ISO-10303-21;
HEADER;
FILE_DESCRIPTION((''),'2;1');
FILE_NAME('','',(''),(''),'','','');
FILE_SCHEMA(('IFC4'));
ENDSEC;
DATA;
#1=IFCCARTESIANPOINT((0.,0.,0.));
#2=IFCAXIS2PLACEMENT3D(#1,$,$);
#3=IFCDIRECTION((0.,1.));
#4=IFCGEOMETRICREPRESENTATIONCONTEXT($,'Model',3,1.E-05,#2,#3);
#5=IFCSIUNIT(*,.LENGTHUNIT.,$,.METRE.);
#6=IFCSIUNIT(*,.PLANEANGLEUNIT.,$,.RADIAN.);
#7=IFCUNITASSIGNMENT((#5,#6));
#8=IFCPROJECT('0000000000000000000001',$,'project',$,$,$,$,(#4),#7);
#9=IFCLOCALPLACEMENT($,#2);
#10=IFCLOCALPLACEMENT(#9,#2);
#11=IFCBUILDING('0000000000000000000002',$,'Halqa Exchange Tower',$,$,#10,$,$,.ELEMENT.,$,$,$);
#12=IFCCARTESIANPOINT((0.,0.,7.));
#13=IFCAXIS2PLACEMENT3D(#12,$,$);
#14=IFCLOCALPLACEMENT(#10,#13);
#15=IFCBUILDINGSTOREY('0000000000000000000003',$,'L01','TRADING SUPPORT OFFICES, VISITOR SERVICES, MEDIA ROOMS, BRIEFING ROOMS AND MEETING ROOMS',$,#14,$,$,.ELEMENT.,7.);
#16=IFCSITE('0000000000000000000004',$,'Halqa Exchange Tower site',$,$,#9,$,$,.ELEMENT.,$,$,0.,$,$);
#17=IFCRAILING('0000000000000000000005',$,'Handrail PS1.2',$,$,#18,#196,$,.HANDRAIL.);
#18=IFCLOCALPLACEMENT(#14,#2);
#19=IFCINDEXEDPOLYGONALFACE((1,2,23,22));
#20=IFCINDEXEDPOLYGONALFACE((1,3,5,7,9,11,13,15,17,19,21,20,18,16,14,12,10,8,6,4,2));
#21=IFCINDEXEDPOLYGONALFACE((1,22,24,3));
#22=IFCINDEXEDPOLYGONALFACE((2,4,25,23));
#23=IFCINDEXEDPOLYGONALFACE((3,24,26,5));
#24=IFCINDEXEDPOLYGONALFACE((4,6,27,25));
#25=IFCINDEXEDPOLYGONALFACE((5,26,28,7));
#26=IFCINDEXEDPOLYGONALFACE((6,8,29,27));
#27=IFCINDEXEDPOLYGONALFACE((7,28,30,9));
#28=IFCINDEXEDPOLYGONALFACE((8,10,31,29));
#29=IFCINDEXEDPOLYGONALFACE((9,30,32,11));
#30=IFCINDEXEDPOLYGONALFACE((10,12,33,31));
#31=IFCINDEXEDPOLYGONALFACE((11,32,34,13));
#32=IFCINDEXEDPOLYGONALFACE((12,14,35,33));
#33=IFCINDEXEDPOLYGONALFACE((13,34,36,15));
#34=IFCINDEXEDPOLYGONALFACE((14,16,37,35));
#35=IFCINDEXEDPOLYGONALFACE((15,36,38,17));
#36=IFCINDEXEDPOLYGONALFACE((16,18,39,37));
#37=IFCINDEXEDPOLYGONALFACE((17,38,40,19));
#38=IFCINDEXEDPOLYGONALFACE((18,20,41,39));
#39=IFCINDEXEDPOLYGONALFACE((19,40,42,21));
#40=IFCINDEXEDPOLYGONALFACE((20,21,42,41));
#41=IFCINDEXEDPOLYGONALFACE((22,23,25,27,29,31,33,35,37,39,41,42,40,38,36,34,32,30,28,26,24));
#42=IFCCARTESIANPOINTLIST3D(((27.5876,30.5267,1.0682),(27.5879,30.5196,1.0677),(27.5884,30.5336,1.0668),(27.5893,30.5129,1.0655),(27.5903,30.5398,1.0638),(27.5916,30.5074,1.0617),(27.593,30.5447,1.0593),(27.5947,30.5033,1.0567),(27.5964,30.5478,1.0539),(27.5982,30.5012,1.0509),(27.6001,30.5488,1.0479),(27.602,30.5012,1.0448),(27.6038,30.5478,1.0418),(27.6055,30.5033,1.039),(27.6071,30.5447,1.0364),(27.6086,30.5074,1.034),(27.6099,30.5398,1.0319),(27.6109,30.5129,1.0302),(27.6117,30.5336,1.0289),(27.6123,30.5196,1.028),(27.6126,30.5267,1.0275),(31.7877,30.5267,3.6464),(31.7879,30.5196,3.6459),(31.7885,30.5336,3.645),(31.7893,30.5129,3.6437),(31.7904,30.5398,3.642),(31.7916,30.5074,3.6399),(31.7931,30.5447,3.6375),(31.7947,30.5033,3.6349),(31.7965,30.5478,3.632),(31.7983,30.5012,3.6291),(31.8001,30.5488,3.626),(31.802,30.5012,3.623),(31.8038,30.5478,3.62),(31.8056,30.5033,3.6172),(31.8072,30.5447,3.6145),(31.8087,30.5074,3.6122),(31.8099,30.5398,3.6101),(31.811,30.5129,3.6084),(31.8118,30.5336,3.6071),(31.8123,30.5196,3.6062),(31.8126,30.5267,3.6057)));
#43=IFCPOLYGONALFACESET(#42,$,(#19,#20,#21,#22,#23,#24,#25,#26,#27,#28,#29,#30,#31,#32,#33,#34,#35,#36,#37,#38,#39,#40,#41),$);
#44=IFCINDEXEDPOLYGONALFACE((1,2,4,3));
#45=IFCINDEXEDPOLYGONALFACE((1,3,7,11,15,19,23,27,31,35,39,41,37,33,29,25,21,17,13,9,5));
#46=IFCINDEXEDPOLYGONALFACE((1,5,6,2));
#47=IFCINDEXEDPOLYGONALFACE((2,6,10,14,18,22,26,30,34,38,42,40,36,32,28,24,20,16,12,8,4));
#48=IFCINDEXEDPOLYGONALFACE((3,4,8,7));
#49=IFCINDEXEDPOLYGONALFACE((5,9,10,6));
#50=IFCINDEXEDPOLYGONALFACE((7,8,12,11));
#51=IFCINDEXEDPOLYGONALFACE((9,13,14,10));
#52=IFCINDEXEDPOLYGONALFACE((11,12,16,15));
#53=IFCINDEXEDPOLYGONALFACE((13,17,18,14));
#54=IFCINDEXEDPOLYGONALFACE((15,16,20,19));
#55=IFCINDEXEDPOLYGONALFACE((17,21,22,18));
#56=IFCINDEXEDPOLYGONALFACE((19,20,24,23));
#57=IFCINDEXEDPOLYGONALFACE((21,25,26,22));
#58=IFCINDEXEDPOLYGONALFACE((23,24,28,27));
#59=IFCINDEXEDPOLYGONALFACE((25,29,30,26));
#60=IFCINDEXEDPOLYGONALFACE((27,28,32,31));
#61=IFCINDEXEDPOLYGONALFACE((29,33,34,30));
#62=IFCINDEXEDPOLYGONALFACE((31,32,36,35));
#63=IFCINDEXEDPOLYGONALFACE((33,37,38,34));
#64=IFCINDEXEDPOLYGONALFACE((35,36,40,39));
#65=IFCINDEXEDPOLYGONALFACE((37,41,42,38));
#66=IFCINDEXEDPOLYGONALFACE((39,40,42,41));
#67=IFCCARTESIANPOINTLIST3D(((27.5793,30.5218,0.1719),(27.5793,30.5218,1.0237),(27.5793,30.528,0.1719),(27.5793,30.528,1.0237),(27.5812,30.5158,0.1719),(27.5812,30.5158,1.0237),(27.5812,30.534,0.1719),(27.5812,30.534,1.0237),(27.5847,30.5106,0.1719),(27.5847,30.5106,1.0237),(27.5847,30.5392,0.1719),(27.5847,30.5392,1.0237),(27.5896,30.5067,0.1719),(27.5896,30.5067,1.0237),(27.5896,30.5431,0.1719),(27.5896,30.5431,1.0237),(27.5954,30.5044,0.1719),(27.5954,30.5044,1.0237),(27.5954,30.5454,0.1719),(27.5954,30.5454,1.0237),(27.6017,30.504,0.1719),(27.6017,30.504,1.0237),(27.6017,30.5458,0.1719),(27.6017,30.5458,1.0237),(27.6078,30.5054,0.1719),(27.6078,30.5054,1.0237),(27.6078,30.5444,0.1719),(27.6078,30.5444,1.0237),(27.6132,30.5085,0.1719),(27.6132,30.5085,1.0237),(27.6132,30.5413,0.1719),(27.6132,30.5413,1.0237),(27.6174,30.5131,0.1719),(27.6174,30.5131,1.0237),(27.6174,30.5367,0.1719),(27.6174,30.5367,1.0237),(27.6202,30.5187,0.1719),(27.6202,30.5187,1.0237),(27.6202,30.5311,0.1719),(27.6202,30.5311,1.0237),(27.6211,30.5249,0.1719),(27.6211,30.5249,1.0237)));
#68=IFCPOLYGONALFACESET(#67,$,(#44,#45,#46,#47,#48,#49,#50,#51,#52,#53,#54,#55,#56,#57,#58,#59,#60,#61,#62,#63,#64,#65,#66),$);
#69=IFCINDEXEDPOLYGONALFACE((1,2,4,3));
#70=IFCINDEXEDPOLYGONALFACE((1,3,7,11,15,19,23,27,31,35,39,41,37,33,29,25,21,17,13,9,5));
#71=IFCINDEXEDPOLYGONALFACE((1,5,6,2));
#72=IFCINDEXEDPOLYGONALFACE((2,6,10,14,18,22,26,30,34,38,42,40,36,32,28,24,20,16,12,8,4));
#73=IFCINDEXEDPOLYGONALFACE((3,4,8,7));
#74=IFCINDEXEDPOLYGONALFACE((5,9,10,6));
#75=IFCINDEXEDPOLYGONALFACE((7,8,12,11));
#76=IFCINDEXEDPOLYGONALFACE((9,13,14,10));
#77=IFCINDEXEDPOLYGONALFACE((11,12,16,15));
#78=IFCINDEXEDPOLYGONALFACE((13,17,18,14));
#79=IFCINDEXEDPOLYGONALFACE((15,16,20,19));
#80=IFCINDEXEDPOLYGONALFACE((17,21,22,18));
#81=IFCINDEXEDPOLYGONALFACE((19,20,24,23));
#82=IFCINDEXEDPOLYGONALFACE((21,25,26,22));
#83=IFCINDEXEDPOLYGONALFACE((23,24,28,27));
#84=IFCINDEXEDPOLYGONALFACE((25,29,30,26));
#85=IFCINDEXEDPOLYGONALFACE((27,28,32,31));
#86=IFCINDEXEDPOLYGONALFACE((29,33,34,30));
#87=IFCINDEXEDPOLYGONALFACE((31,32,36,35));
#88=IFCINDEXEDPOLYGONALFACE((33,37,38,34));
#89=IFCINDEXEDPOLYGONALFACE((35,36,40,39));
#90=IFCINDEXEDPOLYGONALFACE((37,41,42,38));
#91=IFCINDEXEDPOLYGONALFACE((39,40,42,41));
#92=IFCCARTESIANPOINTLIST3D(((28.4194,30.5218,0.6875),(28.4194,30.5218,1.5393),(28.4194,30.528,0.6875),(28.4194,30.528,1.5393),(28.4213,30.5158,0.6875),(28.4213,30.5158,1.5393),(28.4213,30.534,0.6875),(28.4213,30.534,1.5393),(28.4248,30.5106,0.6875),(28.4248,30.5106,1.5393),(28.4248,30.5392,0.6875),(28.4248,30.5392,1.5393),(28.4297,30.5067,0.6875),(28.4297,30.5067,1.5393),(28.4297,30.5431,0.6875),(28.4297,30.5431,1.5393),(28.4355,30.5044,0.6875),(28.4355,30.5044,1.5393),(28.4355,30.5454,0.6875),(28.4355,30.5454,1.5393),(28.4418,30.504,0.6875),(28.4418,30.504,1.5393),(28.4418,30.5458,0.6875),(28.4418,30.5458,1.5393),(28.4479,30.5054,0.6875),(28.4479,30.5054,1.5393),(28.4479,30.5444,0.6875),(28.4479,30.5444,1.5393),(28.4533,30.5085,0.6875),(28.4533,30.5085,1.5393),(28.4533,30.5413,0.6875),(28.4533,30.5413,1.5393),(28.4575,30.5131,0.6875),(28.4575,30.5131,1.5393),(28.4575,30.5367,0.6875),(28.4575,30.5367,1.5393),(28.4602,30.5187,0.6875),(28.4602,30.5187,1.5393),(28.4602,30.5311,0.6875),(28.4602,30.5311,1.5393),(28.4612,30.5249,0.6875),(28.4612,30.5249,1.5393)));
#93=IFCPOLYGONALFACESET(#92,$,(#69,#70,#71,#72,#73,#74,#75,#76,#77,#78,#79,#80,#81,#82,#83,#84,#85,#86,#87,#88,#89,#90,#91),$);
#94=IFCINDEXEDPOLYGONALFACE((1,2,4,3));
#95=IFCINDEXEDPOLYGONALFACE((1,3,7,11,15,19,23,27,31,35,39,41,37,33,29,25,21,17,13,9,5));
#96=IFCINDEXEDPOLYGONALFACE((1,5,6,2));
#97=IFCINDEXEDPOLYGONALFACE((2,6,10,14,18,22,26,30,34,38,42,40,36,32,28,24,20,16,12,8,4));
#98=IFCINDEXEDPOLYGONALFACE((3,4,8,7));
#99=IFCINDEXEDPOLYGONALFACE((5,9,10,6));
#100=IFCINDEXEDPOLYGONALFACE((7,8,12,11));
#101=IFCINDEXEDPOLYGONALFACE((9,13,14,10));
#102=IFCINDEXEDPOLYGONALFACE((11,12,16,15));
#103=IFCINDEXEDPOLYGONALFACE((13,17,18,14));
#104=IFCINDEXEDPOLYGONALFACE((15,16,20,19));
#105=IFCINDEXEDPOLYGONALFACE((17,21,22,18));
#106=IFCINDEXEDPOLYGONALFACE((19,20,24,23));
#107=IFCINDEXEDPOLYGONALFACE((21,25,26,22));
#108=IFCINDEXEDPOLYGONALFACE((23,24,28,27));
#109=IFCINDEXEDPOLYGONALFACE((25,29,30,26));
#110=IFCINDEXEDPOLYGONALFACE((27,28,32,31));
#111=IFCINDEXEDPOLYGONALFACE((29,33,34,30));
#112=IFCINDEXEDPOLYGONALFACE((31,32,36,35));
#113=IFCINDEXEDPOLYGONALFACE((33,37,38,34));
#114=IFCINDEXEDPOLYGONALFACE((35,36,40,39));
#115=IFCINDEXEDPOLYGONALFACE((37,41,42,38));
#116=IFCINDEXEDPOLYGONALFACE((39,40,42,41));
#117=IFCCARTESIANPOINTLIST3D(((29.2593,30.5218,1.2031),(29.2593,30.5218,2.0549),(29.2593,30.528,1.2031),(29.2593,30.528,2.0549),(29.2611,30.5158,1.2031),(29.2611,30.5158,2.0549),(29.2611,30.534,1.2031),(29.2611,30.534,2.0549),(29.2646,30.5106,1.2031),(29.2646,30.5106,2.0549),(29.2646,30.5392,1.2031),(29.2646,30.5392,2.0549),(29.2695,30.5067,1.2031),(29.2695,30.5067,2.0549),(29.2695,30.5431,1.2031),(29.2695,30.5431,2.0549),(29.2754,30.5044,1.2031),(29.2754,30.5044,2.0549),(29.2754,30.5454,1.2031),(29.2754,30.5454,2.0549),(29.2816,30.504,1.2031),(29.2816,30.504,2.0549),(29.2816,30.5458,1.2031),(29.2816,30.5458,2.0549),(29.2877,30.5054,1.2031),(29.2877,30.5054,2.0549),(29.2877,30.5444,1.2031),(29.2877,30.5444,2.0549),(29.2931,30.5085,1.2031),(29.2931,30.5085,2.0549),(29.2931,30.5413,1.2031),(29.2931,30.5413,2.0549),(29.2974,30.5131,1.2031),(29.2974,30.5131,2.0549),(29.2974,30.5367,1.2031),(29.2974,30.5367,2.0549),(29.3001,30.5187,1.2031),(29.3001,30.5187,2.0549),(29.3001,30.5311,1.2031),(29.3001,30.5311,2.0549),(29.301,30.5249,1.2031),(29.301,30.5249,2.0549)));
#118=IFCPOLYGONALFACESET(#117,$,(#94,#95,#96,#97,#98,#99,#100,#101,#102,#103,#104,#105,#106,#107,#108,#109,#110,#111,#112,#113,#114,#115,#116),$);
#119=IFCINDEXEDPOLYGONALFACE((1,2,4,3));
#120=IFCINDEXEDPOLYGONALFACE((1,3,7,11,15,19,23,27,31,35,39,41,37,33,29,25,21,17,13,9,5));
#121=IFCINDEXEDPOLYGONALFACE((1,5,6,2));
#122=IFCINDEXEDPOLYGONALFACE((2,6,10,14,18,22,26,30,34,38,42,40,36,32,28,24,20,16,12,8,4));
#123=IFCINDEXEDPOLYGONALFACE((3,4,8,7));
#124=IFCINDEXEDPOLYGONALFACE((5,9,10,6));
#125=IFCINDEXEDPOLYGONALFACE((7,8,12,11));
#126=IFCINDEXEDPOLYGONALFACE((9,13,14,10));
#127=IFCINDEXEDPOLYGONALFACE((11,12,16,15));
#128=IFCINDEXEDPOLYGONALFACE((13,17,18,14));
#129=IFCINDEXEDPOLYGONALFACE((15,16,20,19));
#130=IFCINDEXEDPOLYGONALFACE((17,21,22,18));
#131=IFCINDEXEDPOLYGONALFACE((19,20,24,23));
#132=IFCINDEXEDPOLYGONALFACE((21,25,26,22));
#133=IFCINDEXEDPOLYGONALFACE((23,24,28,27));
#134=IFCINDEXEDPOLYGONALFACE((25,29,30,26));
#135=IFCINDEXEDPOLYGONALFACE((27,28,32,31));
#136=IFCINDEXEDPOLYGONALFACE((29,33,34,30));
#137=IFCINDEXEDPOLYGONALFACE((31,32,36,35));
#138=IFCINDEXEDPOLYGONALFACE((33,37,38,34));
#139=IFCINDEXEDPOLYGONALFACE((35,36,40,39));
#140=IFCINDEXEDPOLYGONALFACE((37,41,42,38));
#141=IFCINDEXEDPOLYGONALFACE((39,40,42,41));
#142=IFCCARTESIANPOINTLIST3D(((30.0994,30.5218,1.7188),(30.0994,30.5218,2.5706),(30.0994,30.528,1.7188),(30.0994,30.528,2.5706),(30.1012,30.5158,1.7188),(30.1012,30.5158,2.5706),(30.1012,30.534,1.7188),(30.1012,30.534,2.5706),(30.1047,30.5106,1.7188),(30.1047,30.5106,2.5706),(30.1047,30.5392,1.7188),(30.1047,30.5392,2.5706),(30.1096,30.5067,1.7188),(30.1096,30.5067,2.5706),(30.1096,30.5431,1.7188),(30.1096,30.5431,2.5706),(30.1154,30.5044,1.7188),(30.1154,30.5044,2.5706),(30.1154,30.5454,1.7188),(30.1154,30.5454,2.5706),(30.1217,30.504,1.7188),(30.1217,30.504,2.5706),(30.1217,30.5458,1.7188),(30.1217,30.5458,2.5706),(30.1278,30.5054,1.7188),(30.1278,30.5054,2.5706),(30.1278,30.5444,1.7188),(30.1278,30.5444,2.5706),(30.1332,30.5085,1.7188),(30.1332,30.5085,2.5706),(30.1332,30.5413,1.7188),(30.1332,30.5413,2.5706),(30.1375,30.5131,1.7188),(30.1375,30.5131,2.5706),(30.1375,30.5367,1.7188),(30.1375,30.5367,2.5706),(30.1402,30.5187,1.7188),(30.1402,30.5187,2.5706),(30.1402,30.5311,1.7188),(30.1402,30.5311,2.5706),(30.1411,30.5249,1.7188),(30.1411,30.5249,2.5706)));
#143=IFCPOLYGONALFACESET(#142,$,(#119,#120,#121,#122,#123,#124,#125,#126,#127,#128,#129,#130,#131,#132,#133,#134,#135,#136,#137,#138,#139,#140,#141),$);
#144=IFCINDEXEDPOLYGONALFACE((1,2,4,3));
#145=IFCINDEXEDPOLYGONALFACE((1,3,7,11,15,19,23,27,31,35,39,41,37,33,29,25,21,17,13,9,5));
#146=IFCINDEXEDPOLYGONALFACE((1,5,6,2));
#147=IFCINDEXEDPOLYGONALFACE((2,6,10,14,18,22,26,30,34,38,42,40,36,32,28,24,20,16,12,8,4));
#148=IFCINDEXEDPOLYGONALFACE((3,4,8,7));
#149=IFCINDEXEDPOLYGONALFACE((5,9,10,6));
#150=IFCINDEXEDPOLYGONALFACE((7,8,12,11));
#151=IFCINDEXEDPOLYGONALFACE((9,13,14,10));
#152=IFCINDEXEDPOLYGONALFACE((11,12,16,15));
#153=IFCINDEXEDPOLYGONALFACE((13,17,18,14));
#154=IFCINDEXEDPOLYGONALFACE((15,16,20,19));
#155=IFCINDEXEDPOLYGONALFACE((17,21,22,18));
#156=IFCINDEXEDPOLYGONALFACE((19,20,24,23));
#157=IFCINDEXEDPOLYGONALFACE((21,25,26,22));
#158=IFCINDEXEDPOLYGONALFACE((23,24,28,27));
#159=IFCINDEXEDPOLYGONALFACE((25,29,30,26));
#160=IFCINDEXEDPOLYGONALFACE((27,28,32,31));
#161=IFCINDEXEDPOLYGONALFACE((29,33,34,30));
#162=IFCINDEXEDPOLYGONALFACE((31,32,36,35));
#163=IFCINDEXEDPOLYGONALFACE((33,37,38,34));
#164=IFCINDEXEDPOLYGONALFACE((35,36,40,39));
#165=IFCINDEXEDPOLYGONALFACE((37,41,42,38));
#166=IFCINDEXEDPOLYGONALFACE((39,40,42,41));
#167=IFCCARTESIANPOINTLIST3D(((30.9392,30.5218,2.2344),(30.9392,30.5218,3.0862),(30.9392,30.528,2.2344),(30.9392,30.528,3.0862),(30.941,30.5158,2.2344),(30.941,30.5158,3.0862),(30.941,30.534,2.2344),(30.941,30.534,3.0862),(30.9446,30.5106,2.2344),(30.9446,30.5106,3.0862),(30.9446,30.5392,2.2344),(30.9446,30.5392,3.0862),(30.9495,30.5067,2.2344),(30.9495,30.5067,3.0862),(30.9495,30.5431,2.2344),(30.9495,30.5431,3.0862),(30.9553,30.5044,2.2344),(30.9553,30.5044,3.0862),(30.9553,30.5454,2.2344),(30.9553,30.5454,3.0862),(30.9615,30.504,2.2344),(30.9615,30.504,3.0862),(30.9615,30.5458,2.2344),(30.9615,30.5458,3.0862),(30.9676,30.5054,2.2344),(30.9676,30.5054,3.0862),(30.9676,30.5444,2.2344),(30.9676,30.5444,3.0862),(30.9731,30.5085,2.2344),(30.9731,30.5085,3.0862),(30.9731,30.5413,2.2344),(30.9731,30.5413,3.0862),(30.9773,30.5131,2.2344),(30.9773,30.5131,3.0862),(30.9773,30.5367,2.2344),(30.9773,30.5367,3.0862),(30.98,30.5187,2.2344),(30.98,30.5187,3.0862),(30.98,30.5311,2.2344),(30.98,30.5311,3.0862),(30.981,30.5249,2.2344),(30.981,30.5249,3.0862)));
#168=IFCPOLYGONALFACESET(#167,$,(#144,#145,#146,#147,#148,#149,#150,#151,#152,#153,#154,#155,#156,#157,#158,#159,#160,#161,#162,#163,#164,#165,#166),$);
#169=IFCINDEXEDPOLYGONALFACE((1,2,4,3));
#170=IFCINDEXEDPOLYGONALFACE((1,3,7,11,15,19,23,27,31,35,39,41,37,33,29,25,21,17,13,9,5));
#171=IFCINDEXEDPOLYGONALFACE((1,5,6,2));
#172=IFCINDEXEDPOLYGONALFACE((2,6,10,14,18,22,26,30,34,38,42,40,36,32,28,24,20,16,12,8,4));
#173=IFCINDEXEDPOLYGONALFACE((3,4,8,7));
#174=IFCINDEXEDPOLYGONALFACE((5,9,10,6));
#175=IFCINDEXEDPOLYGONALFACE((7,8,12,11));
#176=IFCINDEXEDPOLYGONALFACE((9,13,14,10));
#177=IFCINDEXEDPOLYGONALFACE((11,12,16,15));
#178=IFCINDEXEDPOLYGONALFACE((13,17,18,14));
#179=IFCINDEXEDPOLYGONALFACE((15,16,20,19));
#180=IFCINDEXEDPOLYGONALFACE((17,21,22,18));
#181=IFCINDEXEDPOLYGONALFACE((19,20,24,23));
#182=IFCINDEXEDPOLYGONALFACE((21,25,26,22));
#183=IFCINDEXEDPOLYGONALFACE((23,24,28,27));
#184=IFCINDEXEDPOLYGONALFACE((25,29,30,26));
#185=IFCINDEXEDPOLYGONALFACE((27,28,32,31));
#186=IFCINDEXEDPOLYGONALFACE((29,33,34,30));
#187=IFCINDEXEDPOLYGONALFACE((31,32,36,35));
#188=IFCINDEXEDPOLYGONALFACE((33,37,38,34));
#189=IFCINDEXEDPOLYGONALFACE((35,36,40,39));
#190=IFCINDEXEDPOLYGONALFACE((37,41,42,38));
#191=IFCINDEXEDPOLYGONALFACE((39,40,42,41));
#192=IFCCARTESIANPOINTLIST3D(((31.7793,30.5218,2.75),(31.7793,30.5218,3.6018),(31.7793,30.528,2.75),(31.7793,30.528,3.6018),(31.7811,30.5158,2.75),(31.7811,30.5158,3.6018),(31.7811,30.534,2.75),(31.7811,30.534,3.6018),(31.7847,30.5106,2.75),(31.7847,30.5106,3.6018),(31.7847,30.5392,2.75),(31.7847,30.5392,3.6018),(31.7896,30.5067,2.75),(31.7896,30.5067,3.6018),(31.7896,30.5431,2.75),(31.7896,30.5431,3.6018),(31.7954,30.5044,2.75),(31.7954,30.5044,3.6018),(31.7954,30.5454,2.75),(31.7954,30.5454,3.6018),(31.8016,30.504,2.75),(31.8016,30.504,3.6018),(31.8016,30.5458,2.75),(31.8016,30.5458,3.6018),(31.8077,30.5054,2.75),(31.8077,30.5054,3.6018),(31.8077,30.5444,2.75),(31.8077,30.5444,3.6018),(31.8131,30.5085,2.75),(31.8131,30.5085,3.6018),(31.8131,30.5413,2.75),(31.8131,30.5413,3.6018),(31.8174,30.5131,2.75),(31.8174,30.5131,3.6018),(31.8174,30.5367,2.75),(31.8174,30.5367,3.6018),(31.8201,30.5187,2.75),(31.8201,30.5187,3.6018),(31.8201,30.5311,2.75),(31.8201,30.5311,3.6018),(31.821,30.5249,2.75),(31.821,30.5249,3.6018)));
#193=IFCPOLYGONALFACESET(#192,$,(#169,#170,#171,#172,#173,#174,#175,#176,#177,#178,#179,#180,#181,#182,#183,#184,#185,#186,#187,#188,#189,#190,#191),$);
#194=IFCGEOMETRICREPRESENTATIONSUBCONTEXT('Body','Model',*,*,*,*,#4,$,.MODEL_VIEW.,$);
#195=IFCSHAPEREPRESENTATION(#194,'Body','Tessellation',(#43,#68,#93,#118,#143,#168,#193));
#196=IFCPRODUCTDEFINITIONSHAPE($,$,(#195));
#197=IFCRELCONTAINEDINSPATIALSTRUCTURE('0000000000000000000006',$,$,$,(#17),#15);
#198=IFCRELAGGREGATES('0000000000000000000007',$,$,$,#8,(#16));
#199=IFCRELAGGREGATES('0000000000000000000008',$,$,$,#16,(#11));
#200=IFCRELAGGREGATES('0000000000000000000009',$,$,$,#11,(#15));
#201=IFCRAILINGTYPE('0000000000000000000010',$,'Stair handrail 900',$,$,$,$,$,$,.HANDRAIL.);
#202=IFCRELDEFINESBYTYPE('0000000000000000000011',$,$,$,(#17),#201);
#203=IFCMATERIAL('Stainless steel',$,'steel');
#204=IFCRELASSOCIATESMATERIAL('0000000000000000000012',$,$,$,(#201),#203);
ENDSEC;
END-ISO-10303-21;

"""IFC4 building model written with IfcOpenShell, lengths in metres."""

from ifc_helpers import new_model, si_unit, direction, frame, origin, origin_2d, place, context, subcontext, project, spatial, circle, extrude, material, type_object, element, save


model = new_model("IFC4")

# Units and contexts
model_context = context("Model", 3, precision=1e-05, world=origin(), true_north=direction((0.0, 1.0)))
body_context = subcontext(model_context, "Body", "Model", "MODEL_VIEW")
ifc_project = project(units=[si_unit("LENGTHUNIT", "METRE"), si_unit("PLANEANGLEUNIT", "RADIAN")], contexts=[model_context])

# Site, building, storey
site_placement = place(None, origin())
site = spatial("IfcSite", under=ifc_project, at=site_placement, Name="Halqa Exchange Tower site", CompositionType="ELEMENT", RefElevation=0.0)
building_placement = place(site_placement, origin())
building = spatial("IfcBuilding", under=site, at=building_placement, Name="Halqa Exchange Tower", CompositionType="ELEMENT")
storey_placement = place(building_placement, frame((0.0, 0.0, 7.0)))
storey = spatial("IfcBuildingStorey", under=building, at=storey_placement, Name="L01", Description="TRADING SUPPORT OFFICES, VISITOR SERVICES, MEDIA ROOMS, BRIEFING ROOMS AND MEETING ROOMS", CompositionType="ELEMENT", Elevation=7.0)

# Railing
ifc_material_1 = material(Name="Stainless steel", Category="steel")
railing_type_1 = type_object("IfcRailingType", Name="Stair handrail 900", PredefinedType="HANDRAIL", material=ifc_material_1)
for number, where, name in (
    (1, (27.6001, 30.5249, 0.1719), "Handrail PS1.2"),
):
    element("IfcRailing", number, at=place(storey_placement, frame(where)), inside=storey, type_object=railing_type_1, Name=name, PredefinedType="HANDRAIL", context=body_context, shape_type="SweptSolid", body=[
        extrude(circle(Radius=0.0239, at=origin_2d()), frame((0.0, 0.0, 0.876), z_axis=(0.852243, 0.0, 0.523146), x_axis=(0.0, 1.0, 0.0)), (0.0, 0.0, 1.0), 4.9282),
        extrude(circle(Radius=0.021, at=origin_2d()), origin(), (0.0, 0.0, 1.0), 0.8518),
        extrude(circle(Radius=0.021, at=origin_2d()), frame((0.8401, 0.0, 0.5156)), (0.0, 0.0, 1.0), 0.8518),
        extrude(circle(Radius=0.021, at=origin_2d()), frame((1.6799, 0.0, 1.0312)), (0.0, 0.0, 1.0), 0.8518),
        extrude(circle(Radius=0.021, at=origin_2d()), frame((2.52, 0.0, 1.5469)), (0.0, 0.0, 1.0), 0.8518),
        extrude(circle(Radius=0.021, at=origin_2d()), frame((3.3599, 0.0, 2.0625)), (0.0, 0.0, 1.0), 0.8518),
        extrude(circle(Radius=0.021, at=origin_2d()), frame((4.2, 0.0, 2.5781)), (0.0, 0.0, 1.0), 0.8518),
    ])

save(model, "model.ifc")
